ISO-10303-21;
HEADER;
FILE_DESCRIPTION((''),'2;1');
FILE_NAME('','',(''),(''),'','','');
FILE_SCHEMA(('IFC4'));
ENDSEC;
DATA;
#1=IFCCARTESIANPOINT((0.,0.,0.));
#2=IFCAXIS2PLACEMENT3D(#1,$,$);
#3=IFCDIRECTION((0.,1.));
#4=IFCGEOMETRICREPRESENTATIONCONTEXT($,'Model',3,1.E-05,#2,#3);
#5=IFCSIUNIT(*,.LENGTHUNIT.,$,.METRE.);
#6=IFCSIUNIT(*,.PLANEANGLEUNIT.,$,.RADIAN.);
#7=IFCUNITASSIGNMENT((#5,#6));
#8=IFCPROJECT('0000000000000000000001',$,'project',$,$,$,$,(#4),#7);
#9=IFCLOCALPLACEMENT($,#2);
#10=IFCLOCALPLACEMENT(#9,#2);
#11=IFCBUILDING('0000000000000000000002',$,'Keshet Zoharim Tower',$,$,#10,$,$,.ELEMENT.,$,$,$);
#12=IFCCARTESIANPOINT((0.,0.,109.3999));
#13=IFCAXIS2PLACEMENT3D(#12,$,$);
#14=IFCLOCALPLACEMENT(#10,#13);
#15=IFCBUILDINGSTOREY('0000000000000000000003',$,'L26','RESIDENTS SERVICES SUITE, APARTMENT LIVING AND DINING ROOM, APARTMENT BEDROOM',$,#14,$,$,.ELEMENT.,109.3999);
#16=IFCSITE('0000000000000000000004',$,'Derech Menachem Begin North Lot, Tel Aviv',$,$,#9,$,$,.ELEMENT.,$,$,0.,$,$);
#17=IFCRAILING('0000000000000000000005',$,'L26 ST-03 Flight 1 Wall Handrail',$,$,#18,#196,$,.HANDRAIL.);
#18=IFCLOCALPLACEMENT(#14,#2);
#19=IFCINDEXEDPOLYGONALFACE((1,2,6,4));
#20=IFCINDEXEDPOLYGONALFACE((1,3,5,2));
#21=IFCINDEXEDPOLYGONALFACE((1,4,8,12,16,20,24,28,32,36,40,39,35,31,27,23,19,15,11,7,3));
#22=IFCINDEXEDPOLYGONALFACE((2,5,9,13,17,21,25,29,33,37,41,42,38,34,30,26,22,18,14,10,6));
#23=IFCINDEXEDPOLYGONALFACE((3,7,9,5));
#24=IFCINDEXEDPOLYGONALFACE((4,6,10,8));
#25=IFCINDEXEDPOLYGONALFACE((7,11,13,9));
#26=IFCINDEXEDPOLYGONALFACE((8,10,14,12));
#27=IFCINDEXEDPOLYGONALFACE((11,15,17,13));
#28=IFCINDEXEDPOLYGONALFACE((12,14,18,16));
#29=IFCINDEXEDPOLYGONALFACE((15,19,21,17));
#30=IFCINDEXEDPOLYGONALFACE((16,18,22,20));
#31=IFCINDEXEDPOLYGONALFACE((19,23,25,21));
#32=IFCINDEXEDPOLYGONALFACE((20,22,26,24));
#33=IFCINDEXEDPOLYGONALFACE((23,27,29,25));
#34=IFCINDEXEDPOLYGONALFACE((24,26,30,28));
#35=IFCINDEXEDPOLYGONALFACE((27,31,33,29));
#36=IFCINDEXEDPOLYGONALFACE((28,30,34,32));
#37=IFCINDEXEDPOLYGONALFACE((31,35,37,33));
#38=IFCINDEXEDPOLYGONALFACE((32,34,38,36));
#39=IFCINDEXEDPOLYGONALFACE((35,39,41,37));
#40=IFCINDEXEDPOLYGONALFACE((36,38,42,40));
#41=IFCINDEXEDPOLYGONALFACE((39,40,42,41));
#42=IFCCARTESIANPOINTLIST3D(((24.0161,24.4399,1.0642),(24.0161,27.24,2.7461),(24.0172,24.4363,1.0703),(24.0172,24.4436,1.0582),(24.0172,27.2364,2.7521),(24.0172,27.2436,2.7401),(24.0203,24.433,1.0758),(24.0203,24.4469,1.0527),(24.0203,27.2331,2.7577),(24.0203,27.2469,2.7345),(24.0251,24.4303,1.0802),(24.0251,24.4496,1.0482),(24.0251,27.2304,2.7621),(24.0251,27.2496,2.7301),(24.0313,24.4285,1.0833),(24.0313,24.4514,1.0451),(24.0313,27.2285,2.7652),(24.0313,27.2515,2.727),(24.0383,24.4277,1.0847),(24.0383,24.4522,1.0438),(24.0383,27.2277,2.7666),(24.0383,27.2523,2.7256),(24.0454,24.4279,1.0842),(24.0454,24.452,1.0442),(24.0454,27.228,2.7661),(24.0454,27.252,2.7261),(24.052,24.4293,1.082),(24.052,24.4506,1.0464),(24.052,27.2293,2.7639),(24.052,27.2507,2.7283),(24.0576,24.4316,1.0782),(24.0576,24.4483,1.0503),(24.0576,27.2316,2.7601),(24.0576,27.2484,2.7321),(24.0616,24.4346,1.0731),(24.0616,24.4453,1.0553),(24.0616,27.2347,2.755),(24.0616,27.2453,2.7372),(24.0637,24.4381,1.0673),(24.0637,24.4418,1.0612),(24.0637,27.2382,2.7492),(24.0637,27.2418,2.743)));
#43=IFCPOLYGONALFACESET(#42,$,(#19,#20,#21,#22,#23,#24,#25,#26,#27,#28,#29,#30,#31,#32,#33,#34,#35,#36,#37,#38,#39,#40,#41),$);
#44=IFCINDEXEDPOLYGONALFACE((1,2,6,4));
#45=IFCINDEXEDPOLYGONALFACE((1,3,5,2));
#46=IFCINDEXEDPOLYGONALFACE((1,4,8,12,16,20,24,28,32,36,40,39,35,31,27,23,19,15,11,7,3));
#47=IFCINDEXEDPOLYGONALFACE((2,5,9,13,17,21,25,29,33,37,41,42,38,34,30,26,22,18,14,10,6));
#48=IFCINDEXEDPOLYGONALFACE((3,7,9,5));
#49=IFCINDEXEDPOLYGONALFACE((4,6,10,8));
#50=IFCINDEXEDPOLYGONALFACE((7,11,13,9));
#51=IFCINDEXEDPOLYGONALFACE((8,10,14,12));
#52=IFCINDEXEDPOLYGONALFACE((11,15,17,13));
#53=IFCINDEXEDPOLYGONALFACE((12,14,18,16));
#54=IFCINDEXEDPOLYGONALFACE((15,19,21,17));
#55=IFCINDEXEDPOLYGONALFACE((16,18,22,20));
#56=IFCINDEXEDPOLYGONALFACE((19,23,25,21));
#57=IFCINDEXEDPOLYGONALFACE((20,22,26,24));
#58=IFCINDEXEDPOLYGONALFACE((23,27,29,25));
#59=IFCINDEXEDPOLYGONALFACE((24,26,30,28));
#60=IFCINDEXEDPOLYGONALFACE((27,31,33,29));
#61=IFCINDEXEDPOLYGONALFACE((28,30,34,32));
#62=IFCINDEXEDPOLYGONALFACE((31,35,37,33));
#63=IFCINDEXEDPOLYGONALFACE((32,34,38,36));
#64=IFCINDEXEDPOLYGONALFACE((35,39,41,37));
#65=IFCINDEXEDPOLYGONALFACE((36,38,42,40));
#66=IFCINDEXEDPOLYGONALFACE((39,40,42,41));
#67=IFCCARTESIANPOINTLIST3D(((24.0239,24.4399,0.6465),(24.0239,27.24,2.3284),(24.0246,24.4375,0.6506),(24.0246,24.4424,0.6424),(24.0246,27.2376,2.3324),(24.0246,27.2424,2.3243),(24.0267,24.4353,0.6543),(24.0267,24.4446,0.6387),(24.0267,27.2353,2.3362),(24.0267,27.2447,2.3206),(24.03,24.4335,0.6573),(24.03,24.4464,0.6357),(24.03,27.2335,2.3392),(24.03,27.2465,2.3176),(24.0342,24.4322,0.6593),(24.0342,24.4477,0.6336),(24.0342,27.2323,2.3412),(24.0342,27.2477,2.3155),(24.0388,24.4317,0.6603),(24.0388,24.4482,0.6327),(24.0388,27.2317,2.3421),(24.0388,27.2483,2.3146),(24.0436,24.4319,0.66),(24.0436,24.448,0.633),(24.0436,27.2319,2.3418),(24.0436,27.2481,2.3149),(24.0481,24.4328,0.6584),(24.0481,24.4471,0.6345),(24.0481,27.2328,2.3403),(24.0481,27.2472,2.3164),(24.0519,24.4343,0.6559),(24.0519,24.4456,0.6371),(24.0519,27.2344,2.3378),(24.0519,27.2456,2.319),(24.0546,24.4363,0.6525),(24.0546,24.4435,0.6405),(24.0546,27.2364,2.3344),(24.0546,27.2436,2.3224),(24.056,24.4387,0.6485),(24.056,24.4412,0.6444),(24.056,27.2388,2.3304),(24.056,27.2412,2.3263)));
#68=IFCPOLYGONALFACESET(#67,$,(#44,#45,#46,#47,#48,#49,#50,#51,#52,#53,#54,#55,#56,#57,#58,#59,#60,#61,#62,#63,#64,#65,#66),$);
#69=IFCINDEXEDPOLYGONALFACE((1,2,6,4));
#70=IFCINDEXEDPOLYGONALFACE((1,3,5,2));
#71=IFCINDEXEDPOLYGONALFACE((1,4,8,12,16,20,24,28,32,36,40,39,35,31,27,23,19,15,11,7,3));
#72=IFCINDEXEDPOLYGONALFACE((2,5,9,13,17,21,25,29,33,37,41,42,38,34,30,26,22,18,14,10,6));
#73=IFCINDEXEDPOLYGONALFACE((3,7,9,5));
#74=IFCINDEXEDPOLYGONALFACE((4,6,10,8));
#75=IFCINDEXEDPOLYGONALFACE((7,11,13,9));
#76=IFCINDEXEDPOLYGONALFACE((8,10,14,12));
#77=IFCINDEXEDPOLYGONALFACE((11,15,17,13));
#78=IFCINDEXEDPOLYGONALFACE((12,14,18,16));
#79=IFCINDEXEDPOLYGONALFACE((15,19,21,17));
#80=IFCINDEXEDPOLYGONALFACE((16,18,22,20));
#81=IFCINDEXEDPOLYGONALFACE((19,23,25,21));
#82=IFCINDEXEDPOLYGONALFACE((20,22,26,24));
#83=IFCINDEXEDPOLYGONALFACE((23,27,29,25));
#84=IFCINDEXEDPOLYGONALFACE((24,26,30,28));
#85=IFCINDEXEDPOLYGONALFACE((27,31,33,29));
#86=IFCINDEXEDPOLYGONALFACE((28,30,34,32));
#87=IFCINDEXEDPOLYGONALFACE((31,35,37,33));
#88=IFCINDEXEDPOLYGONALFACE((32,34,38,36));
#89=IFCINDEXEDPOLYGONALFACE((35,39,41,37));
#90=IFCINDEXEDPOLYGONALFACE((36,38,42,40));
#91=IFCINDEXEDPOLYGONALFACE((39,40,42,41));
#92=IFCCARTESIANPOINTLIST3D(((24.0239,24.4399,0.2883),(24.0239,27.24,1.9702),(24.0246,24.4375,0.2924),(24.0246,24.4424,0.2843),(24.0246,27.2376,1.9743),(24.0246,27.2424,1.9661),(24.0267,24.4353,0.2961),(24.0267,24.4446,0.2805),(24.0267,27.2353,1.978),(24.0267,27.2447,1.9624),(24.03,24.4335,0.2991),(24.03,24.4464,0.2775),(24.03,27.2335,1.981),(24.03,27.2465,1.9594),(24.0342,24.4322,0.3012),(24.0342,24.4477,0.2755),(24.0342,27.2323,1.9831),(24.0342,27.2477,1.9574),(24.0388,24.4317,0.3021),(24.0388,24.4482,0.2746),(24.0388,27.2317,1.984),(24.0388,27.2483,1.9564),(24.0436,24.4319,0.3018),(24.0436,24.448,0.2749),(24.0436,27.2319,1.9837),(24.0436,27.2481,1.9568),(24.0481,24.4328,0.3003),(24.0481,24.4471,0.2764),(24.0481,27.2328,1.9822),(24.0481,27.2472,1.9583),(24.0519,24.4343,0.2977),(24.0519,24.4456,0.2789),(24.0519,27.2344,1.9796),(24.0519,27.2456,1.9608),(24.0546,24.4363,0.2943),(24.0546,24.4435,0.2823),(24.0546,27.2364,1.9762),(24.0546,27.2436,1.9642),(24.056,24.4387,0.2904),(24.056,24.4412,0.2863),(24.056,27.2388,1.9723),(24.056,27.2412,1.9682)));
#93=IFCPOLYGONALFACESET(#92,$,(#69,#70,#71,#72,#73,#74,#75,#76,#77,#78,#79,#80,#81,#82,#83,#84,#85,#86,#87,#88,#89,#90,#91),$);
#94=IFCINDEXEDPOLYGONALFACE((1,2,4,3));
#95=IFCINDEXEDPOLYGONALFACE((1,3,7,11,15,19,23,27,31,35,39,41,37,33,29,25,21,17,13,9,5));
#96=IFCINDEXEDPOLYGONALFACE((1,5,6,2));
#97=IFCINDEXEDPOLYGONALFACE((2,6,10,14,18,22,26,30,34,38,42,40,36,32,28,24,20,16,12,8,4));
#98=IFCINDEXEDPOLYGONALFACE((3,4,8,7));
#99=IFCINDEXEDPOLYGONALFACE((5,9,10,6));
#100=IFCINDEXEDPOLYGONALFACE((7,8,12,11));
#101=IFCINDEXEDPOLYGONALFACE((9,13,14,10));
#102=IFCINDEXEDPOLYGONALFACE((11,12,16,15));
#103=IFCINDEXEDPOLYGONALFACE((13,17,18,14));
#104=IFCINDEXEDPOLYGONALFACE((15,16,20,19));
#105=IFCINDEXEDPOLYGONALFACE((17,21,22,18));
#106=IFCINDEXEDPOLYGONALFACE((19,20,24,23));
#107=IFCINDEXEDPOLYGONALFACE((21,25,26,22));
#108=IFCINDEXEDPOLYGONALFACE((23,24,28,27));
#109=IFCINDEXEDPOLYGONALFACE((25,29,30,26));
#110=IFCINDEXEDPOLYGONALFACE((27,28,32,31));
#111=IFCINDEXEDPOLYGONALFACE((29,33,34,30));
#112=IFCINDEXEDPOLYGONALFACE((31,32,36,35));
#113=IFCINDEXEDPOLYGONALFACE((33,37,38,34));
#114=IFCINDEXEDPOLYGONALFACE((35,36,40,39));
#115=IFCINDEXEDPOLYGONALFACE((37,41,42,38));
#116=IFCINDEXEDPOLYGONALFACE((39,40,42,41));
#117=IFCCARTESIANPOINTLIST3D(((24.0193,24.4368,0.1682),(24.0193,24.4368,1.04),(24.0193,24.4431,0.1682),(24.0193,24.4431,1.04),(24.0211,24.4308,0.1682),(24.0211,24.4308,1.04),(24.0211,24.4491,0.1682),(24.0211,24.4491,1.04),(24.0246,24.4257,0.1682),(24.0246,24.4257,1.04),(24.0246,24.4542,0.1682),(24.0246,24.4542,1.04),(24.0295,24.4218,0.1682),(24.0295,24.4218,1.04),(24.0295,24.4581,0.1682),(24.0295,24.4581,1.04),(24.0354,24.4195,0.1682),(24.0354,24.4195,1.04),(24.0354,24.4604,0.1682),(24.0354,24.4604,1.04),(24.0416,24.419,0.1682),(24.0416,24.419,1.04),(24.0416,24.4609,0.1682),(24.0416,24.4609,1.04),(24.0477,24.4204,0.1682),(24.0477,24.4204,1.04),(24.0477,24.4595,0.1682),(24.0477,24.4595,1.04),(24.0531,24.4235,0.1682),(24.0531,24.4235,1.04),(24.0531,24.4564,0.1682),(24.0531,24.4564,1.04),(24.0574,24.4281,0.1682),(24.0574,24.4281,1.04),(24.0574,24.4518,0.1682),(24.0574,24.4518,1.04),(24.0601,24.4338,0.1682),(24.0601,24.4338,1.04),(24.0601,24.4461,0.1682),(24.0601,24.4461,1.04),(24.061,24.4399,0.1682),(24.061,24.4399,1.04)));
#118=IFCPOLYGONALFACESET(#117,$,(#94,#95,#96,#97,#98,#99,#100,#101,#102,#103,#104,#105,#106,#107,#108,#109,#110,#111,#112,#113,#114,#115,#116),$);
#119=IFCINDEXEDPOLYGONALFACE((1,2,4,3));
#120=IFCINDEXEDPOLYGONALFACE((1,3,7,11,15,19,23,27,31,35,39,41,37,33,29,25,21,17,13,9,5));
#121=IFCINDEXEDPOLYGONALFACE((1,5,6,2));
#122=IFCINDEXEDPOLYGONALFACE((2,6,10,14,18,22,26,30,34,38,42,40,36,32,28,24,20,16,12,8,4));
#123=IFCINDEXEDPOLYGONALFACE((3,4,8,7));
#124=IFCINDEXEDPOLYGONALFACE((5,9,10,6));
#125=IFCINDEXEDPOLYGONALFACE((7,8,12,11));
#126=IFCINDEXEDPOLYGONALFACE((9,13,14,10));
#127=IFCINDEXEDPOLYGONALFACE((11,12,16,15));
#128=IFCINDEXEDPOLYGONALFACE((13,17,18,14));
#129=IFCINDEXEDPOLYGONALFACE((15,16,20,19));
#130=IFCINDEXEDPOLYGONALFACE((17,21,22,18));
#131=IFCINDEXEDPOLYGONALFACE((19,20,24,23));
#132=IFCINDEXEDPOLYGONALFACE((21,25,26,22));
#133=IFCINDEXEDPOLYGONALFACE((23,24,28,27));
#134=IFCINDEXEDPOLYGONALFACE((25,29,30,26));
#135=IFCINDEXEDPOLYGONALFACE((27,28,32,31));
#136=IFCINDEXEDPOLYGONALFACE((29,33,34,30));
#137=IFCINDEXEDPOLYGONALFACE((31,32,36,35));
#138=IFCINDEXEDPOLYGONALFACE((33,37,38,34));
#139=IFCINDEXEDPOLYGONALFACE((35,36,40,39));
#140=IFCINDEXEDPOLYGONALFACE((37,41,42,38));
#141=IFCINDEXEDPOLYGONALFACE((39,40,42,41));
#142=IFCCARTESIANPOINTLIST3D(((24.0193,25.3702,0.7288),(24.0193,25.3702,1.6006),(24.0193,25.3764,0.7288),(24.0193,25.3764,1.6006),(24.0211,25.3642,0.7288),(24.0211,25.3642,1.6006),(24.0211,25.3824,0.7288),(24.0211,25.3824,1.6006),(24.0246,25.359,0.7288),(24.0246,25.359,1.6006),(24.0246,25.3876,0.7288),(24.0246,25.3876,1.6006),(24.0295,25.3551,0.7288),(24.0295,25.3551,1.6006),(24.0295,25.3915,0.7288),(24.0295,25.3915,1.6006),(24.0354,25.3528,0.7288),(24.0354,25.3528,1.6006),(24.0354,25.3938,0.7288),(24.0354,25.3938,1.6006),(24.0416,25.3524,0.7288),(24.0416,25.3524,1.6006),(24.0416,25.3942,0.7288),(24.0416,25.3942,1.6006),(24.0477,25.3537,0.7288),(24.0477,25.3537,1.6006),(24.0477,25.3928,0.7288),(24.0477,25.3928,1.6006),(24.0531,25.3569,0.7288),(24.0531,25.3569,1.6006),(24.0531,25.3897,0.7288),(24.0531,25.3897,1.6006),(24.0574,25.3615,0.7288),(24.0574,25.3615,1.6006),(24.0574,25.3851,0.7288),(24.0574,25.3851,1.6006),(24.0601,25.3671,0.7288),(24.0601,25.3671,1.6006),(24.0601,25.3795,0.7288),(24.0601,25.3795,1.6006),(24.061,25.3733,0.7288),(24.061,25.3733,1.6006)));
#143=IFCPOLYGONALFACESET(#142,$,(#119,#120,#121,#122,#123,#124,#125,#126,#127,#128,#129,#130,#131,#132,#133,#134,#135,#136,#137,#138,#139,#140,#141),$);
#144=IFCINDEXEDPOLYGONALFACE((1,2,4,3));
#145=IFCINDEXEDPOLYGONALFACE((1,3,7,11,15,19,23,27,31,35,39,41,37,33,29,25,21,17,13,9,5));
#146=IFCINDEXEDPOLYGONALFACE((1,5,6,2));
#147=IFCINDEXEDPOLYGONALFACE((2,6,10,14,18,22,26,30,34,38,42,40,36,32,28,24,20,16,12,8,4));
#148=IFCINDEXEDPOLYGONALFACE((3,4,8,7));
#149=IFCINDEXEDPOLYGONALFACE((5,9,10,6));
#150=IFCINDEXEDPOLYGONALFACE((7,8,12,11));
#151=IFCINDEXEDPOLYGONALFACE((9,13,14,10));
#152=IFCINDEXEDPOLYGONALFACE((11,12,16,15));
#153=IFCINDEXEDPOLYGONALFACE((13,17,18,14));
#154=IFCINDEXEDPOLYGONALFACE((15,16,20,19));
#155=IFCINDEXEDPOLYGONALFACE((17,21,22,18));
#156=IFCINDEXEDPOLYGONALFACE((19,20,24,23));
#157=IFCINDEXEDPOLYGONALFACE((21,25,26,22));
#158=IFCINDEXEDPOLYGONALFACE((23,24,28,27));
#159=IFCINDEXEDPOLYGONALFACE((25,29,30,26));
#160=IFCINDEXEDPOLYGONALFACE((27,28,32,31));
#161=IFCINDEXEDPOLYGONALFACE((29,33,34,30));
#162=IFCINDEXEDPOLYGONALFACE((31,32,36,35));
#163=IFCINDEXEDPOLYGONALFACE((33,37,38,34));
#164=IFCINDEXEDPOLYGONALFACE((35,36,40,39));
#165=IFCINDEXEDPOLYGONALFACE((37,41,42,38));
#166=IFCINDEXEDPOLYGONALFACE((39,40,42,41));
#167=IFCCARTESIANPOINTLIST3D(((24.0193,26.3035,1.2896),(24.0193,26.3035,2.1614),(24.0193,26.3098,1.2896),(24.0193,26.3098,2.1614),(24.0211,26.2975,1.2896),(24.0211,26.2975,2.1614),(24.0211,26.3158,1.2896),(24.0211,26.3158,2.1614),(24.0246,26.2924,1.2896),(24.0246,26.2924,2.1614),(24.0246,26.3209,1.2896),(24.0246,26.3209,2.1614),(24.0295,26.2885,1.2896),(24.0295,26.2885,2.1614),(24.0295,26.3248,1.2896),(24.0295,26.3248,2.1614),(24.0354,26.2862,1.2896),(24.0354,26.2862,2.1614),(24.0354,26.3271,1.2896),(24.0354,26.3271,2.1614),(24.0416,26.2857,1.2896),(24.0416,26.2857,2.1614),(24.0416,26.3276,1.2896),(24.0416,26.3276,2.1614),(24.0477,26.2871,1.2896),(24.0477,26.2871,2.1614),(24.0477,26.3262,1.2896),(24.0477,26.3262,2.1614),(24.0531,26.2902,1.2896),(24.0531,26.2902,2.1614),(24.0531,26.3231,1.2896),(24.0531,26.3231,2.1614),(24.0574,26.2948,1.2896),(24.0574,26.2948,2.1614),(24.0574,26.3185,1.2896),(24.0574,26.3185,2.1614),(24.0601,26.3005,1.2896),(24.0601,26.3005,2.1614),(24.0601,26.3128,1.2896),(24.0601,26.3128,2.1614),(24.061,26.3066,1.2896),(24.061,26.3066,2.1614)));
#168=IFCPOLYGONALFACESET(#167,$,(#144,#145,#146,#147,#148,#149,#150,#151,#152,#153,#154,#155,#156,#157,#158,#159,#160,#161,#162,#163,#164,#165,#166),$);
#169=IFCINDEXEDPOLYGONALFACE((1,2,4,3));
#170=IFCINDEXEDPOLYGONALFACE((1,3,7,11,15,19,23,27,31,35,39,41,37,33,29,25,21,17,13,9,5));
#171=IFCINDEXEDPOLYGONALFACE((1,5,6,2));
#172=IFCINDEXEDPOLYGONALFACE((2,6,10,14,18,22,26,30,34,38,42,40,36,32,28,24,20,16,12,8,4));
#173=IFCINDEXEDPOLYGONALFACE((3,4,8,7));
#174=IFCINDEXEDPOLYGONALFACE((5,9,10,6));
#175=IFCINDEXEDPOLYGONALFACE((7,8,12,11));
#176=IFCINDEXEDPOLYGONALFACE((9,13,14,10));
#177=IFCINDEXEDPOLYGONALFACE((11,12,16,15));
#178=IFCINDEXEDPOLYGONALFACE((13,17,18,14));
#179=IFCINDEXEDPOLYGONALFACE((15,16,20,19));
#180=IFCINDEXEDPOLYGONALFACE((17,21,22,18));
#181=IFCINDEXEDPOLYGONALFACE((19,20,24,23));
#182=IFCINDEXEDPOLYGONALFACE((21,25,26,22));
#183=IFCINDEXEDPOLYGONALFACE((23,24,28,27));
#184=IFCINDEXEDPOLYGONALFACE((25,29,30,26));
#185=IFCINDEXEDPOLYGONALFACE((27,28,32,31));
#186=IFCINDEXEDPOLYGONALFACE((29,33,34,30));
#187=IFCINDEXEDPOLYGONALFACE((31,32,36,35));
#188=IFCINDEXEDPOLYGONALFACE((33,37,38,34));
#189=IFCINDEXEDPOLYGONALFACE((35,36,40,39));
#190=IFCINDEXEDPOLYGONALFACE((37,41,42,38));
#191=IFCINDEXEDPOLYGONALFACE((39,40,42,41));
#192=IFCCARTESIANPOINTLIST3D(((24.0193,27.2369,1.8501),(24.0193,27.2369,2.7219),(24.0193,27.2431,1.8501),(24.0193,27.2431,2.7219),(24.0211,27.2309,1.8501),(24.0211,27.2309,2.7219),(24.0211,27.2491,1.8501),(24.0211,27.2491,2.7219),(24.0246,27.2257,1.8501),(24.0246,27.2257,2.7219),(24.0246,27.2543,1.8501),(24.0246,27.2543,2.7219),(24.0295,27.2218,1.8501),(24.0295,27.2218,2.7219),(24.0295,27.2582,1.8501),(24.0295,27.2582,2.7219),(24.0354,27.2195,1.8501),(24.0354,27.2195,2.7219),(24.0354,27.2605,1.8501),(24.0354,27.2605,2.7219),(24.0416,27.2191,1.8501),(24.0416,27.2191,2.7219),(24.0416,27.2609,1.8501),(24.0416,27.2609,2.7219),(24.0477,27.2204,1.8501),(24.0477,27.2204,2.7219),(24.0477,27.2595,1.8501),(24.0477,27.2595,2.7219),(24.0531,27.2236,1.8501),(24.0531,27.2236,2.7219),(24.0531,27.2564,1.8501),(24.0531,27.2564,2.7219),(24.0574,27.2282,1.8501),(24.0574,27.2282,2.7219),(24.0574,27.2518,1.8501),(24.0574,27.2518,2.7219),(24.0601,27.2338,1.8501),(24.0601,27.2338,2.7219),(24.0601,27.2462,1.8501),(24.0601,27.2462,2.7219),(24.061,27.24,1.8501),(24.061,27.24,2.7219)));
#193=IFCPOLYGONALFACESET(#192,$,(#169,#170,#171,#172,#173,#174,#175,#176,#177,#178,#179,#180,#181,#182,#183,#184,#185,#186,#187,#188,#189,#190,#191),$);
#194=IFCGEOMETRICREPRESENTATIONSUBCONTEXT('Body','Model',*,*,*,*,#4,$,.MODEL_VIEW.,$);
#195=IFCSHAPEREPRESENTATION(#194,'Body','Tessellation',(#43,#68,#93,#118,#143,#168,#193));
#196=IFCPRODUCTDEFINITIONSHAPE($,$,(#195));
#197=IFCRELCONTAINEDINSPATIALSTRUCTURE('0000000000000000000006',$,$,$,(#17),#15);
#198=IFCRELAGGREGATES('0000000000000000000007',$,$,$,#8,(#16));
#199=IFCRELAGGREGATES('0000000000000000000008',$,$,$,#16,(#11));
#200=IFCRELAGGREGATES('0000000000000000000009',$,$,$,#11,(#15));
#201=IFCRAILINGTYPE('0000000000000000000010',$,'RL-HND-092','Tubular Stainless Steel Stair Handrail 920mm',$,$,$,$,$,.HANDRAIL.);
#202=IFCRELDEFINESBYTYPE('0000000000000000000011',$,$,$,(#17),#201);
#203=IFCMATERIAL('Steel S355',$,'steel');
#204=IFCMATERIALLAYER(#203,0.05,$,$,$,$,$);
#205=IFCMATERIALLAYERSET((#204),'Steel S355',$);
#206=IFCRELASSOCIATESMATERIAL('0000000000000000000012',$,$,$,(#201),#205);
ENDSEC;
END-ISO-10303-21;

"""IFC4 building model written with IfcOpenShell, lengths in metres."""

from ifc_helpers import new_model, si_unit, direction, frame, origin, origin_2d, place, context, subcontext, project, spatial, circle, extrude, material, layer, layer_set, type_object, element, save


model = new_model("IFC4")

# Units and contexts
model_context = context("Model", 3, precision=1e-05, world=origin(), true_north=direction((0.0, 1.0)))
body_context = subcontext(model_context, "Body", "Model", "MODEL_VIEW")
ifc_project = project(units=[si_unit("LENGTHUNIT", "METRE"), si_unit("PLANEANGLEUNIT", "RADIAN")], contexts=[model_context])

# Site, building, storey
site_placement = place(None, origin())
site = spatial("IfcSite", under=ifc_project, at=site_placement, Name="Derech Menachem Begin North Lot, Tel Aviv", CompositionType="ELEMENT", RefElevation=0.0)
building_placement = place(site_placement, origin())
building = spatial("IfcBuilding", under=site, at=building_placement, Name="Keshet Zoharim Tower", CompositionType="ELEMENT")
storey_placement = place(building_placement, frame((0.0, 0.0, 109.3999)))
storey = spatial("IfcBuildingStorey", under=building, at=storey_placement, Name="L26", Description="RESIDENTS SERVICES SUITE, APARTMENT LIVING AND DINING ROOM, APARTMENT BEDROOM", CompositionType="ELEMENT", Elevation=109.3999)

# Railing
ifc_material_1 = material(Name="Steel S355", Category="steel")
ifc_layer_1 = layer(ifc_material_1, 0.05)
ifc_layer_set_1 = layer_set([ifc_layer_1], Name="Steel S355")
railing_type_1 = type_object("IfcRailingType", Name="RL-HND-092", Description="Tubular Stainless Steel Stair Handrail 920mm", PredefinedType="HANDRAIL", material=ifc_layer_set_1)
railing_1_placement = place(storey_placement, frame((24.04, 24.4399, 0.1682)))
element("IfcRailing", 1, at=railing_1_placement, inside=storey, type_object=railing_type_1, Name="L26 ST-03 Flight 1 Wall Handrail", PredefinedType="HANDRAIL", context=body_context, shape_type="SweptSolid", body=[
    extrude(circle(Radius=0.0239, at=origin_2d()), frame((0.0, 0.0, 0.896), z_axis=(0.0, 0.857242, 0.514913), x_axis=(-1.0, 0.0, 0.0)), (0.0, 0.0, 1.0), 3.2664),
    extrude(circle(Radius=0.0161, at=origin_2d()), frame((0.0, 0.0, 0.4783), z_axis=(0.0, 0.857242, 0.514913), x_axis=(-1.0, 0.0, 0.0)), (0.0, 0.0, 1.0), 3.2664),
    extrude(circle(Radius=0.0161, at=origin_2d()), frame((0.0, 0.0, 0.1201), z_axis=(0.0, 0.857242, 0.514913), x_axis=(-1.0, 0.0, 0.0)), (0.0, 0.0, 1.0), 3.2664),
    extrude(circle(Radius=0.021, at=origin_2d()), origin(), (0.0, 0.0, 1.0), 0.8718),
    extrude(circle(Radius=0.021, at=origin_2d()), frame((0.0, 0.9333, 0.5605)), (0.0, 0.0, 1.0), 0.8718),
    extrude(circle(Radius=0.021, at=origin_2d()), frame((0.0, 1.8667, 1.1213)), (0.0, 0.0, 1.0), 0.8718),
    extrude(circle(Radius=0.021, at=origin_2d()), frame((0.0, 2.8, 1.6819)), (0.0, 0.0, 1.0), 0.8718),
])

save(model, "model.ifc")
